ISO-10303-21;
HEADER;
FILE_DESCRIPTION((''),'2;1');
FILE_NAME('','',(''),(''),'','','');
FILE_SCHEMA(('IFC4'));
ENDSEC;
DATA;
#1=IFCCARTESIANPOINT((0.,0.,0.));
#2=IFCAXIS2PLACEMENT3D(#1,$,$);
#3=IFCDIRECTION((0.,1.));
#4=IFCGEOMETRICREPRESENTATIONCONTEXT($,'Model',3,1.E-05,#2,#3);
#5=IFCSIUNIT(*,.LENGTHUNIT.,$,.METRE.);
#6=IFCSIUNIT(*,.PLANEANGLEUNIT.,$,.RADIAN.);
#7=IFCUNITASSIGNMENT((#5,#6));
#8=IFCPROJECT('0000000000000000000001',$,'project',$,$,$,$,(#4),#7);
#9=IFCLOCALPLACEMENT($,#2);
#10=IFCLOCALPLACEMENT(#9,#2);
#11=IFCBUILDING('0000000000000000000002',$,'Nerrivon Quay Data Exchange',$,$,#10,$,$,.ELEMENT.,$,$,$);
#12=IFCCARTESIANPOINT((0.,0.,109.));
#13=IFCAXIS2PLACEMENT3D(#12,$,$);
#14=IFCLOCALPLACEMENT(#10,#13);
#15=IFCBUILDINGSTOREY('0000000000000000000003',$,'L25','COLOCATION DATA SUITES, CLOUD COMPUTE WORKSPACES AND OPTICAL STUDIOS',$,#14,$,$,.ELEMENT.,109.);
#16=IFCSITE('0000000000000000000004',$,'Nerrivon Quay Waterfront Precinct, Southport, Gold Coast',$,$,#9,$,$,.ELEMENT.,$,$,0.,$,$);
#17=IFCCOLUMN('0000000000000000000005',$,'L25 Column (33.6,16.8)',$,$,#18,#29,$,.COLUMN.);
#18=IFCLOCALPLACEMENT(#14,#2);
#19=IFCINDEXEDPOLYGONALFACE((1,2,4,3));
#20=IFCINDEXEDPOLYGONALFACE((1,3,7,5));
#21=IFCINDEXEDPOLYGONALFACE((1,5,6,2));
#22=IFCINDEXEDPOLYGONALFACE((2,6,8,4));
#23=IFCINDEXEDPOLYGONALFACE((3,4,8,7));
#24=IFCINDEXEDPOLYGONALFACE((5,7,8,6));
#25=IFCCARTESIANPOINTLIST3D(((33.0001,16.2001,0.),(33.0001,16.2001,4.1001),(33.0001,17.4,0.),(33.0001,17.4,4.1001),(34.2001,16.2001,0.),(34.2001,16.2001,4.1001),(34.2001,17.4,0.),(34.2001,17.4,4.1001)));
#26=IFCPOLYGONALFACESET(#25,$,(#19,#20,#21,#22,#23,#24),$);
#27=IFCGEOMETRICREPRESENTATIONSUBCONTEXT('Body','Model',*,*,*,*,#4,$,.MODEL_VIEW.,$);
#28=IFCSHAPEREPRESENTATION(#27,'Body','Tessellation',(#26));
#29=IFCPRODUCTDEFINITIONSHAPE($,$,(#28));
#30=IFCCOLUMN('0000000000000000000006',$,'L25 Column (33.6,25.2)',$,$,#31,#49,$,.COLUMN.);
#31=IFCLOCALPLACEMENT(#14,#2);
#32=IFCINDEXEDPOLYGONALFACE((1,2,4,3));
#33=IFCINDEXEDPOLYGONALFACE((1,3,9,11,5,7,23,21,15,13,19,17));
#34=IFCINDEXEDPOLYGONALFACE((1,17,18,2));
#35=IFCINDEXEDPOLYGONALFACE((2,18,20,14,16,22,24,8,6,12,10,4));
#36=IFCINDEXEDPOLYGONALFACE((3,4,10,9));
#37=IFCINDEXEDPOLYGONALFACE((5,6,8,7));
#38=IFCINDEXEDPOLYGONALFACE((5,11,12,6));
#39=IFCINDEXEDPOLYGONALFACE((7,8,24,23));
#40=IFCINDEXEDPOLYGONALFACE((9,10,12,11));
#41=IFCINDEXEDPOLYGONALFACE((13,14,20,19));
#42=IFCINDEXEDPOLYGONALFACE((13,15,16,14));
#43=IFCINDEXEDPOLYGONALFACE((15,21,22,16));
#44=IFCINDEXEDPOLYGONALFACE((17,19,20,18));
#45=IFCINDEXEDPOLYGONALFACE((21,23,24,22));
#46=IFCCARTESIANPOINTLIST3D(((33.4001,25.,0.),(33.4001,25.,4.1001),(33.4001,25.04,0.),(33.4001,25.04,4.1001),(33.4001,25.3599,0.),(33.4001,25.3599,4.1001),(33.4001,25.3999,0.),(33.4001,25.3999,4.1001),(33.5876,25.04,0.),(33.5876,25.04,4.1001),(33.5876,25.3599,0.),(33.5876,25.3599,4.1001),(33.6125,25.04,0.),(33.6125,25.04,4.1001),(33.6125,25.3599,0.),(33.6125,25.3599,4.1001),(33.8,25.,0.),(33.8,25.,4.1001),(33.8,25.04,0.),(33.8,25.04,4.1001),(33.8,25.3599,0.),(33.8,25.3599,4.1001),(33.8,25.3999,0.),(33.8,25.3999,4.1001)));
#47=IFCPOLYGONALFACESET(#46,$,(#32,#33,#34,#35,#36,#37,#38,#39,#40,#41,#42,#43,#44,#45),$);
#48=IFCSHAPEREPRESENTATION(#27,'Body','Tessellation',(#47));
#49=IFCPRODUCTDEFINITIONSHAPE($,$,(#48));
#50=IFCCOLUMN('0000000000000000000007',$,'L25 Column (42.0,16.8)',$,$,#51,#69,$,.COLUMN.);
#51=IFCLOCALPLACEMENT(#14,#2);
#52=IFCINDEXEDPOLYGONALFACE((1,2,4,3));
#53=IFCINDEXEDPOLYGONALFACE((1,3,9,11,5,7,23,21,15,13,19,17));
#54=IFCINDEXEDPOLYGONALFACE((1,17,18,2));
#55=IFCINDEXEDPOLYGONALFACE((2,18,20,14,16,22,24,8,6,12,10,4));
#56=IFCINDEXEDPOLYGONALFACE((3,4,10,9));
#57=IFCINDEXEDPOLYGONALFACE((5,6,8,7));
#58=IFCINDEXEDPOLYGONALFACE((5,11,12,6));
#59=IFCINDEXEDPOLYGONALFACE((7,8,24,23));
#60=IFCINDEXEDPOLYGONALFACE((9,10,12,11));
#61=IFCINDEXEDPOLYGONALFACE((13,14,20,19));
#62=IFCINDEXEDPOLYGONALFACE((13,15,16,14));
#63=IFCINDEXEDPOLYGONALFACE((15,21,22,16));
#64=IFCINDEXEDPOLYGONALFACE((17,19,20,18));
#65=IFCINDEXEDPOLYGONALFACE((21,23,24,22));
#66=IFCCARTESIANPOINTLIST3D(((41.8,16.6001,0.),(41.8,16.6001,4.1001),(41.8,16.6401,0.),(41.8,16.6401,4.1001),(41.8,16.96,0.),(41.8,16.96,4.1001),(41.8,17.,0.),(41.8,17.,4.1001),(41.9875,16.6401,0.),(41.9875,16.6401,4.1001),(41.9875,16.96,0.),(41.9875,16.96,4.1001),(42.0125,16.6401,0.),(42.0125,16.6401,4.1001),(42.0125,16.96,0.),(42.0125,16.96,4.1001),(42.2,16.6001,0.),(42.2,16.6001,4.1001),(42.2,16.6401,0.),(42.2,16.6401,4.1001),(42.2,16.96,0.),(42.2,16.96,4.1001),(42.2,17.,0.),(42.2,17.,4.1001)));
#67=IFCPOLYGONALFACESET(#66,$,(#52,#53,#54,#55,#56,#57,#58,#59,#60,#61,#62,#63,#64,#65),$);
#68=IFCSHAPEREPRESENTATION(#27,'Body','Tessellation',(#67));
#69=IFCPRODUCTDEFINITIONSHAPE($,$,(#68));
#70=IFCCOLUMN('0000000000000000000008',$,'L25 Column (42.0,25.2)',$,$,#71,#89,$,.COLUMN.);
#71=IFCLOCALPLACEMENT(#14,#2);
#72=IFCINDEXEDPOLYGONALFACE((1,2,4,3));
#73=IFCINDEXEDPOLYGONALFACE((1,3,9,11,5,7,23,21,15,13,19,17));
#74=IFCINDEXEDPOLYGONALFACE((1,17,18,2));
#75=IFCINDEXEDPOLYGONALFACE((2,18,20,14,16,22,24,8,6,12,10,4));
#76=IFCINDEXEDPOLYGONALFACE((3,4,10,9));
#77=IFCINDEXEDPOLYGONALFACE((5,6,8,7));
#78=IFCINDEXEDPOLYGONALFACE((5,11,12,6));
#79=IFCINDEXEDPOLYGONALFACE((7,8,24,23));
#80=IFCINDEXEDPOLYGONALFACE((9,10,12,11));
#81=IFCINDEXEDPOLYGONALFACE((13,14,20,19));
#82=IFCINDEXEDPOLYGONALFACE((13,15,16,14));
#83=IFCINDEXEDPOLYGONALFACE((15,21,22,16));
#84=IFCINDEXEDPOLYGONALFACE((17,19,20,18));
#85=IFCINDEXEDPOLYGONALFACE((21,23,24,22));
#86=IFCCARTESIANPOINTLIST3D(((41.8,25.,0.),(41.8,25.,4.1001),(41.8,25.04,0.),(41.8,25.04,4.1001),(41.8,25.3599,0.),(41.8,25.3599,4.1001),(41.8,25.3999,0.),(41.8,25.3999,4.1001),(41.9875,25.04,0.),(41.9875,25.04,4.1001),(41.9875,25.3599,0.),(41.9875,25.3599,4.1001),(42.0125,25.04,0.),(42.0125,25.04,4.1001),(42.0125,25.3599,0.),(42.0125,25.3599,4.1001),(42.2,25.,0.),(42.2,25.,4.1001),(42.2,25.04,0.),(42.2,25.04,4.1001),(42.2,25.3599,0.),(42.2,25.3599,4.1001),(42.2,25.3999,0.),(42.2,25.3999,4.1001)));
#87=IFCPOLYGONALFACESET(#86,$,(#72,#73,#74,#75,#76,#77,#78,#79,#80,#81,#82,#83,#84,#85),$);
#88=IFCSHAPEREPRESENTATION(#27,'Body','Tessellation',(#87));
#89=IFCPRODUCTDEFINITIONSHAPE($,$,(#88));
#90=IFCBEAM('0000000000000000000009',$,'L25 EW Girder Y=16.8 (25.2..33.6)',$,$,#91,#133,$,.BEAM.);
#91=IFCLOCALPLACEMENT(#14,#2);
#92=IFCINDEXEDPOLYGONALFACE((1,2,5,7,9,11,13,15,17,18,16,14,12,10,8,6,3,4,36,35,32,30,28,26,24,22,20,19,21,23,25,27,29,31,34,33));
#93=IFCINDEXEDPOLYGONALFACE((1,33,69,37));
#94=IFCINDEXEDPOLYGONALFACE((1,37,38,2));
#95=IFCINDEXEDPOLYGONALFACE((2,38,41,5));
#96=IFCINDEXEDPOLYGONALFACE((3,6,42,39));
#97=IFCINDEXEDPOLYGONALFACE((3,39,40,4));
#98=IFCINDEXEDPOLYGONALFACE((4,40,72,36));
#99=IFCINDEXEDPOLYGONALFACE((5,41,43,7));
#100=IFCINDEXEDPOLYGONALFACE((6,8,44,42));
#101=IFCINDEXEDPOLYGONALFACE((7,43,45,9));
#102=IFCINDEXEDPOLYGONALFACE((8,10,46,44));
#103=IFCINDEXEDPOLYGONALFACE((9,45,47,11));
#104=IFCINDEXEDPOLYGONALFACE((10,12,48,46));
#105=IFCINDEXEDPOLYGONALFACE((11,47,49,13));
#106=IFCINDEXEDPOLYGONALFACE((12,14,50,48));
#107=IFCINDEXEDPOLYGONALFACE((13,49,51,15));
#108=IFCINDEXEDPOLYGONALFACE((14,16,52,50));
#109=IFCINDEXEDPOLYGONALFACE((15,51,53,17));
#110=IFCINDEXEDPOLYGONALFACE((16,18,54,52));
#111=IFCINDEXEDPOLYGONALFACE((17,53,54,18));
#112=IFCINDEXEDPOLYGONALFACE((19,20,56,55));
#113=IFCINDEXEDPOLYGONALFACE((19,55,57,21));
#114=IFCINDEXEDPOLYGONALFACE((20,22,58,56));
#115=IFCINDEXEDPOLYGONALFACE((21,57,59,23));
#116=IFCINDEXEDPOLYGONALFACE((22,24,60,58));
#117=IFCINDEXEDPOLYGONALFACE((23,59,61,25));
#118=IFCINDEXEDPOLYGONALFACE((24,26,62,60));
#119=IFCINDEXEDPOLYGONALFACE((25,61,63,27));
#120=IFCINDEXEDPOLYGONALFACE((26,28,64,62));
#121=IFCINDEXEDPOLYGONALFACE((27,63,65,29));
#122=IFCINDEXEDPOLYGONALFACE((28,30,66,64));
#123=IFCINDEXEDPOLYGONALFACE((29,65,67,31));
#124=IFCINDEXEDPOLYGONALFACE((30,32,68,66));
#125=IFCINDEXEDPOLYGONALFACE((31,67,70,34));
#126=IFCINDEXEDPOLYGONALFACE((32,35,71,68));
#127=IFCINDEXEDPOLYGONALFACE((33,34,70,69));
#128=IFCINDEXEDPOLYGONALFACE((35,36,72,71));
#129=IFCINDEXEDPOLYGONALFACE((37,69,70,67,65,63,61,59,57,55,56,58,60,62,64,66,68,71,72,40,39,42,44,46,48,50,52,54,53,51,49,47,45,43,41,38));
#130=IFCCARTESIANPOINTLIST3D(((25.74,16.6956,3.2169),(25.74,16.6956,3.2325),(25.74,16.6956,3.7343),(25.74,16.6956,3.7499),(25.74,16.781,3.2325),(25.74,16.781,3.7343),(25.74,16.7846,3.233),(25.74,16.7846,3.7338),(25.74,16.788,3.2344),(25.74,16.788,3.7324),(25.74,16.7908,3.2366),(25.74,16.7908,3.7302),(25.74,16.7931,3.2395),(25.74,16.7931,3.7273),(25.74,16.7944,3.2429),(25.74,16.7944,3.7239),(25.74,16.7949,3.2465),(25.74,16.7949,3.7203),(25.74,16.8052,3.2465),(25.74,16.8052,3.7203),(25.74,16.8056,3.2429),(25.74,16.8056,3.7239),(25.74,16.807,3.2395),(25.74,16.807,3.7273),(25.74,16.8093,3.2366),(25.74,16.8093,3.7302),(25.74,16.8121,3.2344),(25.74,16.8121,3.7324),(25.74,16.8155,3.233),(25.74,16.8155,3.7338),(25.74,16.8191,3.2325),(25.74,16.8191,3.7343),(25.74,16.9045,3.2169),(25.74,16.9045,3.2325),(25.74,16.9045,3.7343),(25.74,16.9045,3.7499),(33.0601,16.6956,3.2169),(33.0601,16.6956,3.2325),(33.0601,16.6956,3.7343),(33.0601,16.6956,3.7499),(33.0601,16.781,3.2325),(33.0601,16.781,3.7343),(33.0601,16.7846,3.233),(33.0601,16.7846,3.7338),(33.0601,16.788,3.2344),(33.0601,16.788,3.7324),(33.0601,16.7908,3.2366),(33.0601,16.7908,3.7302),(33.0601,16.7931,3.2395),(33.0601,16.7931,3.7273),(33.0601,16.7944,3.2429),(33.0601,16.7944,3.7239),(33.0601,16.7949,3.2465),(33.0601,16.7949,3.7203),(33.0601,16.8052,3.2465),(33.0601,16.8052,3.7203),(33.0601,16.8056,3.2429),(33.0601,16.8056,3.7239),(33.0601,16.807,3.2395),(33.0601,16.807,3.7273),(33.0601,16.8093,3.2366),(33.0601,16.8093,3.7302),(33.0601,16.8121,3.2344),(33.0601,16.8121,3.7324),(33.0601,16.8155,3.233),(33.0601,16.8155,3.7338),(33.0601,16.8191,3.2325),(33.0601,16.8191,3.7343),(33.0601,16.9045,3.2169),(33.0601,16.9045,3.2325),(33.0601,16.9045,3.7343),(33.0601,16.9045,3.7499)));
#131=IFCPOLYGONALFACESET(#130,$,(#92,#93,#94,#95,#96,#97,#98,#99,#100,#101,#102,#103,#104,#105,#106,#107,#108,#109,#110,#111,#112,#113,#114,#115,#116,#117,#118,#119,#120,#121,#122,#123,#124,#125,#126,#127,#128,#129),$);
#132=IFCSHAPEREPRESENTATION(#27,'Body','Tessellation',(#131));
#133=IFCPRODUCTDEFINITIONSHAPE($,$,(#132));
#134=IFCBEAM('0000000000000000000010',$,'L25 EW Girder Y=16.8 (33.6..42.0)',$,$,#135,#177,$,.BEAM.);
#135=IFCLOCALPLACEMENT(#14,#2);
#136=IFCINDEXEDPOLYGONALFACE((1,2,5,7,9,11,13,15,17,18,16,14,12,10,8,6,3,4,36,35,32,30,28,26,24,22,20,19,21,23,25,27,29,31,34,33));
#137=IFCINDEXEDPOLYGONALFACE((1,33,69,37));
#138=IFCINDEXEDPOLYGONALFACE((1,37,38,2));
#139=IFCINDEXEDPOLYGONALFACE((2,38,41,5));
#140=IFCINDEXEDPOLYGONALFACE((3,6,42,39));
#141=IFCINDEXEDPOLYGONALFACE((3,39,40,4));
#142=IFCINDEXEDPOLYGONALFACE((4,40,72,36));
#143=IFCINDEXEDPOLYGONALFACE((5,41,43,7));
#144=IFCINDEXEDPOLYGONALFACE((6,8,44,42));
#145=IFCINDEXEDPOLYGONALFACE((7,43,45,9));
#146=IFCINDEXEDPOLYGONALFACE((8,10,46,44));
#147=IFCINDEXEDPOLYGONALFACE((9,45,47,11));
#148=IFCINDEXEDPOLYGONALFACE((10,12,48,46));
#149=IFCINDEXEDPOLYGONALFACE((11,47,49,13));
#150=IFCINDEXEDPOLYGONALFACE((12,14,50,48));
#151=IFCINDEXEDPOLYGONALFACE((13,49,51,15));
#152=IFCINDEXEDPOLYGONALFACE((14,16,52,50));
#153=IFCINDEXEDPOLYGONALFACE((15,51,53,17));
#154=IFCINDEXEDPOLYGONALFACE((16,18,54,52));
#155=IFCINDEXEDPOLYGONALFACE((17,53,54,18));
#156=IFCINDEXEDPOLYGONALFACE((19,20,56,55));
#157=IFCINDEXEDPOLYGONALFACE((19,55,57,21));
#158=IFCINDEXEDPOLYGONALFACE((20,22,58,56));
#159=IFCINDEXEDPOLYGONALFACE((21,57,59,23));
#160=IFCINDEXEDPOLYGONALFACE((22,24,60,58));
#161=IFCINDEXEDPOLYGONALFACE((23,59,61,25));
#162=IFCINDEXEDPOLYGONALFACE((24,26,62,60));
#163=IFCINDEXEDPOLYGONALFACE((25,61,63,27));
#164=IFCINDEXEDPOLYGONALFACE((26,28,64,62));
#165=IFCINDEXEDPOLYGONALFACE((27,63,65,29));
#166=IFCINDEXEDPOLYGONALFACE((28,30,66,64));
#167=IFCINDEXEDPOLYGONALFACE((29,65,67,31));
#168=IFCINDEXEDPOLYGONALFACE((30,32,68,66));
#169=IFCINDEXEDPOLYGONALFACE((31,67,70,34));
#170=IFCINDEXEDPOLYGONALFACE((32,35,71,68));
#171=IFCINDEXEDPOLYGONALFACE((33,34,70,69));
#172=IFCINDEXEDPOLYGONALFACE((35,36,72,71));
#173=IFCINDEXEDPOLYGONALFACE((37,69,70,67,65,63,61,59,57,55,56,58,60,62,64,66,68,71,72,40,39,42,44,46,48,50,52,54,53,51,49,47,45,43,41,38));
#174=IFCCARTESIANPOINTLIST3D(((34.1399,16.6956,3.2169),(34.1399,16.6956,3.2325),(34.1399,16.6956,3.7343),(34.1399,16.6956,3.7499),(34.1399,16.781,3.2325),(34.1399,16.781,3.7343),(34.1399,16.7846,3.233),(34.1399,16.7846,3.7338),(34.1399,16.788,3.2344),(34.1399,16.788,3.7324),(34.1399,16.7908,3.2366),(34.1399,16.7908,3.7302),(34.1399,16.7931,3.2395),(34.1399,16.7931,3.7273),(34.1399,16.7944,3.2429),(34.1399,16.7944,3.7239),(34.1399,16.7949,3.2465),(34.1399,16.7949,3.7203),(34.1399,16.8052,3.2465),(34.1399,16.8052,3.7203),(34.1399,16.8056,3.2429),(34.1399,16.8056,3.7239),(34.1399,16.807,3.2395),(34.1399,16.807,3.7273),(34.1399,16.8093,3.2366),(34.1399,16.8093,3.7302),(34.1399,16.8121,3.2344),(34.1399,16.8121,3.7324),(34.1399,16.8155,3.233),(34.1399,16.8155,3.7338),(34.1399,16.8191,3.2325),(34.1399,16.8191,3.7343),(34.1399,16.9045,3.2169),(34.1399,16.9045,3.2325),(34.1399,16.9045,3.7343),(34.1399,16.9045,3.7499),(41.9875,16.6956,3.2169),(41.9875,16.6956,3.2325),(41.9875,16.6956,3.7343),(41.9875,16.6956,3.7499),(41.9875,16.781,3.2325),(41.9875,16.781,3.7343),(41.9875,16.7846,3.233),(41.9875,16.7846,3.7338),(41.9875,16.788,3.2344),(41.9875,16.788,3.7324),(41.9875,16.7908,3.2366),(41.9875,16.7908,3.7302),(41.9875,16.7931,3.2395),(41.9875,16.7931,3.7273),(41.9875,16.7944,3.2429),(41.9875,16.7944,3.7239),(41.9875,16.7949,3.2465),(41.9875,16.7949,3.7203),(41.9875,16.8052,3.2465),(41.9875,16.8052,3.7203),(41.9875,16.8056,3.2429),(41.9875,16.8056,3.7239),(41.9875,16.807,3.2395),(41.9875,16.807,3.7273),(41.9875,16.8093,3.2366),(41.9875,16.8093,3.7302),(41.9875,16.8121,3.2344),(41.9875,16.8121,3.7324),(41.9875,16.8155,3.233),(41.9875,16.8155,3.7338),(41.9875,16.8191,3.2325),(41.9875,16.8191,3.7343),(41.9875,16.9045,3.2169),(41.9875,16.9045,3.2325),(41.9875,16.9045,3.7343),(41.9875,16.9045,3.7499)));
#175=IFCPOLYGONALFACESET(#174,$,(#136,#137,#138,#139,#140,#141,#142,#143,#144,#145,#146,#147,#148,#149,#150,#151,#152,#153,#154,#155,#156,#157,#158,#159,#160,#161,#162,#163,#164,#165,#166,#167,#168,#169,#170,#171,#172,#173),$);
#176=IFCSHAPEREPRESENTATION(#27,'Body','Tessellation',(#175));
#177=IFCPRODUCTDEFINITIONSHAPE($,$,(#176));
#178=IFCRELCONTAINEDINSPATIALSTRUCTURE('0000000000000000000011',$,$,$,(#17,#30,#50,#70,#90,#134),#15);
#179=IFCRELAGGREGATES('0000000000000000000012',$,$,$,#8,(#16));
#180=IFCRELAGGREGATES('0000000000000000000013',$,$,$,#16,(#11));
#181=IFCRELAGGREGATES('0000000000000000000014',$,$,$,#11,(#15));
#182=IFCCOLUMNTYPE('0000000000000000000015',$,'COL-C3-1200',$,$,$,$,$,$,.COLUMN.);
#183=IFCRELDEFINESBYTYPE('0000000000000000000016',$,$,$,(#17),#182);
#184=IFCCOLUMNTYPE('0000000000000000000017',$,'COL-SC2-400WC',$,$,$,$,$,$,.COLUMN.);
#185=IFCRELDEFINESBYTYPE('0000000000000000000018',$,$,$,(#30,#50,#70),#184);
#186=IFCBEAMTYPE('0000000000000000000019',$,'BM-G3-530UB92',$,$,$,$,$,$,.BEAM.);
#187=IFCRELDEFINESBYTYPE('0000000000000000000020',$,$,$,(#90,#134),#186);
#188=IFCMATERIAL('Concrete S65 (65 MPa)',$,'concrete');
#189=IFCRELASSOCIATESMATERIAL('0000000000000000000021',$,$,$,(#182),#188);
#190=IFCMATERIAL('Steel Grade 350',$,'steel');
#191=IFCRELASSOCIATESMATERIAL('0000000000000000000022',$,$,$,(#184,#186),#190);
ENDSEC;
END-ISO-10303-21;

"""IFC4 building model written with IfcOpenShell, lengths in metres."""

from ifc_helpers import new_model, si_unit, direction, frame, origin, origin_2d, place, context, subcontext, project, spatial, rectangle, i_section, extrude, material, material_profile, profile_set, type_object, element, save


model = new_model("IFC4")

# Units and contexts
model_context = context("Model", 3, precision=1e-05, world=origin(), true_north=direction((0.0, 1.0)))
body_context = subcontext(model_context, "Body", "Model", "MODEL_VIEW")
ifc_project = project(units=[si_unit("LENGTHUNIT", "METRE"), si_unit("PLANEANGLEUNIT", "RADIAN")], contexts=[model_context])

# Site, building, storey
site_placement = place(None, origin())
site = spatial("IfcSite", under=ifc_project, at=site_placement, Name="Nerrivon Quay Waterfront Precinct, Southport, Gold Coast", CompositionType="ELEMENT", RefElevation=0.0)
building_placement = place(site_placement, origin())
building = spatial("IfcBuilding", under=site, at=building_placement, Name="Nerrivon Quay Data Exchange", CompositionType="ELEMENT")
storey_placement = place(building_placement, frame((0.0, 0.0, 109.0)))
storey = spatial("IfcBuildingStorey", under=building, at=storey_placement, Name="L25", Description="COLOCATION DATA SUITES, CLOUD COMPUTE WORKSPACES AND OPTICAL STUDIOS", CompositionType="ELEMENT", Elevation=109.0)

# Columns
ifc_material_1 = material(Name="Concrete S65 (65 MPa)", Category="concrete")
ifc_material_profile_1 = material_profile(ifc_material_1, rectangle(XDim=1.2, YDim=1.2, at=origin_2d()), Name="RC-COL-1200x1200")
ifc_profile_set_1 = profile_set([ifc_material_profile_1], Name="Concrete S65 (65 MPa)")
column_type_1 = type_object("IfcColumnType", Name="COL-C3-1200", PredefinedType="COLUMN", material=ifc_profile_set_1)
column_placement = place(storey_placement, frame((33.6001, 16.8, 0.0), z_axis=(0.0, 0.0, 1.0), x_axis=(1.0, 0.0, 0.0)))
element("IfcColumn", 1, at=column_placement, inside=storey, type_object=column_type_1, Name="L25 Column (33.6,16.8)", PredefinedType="COLUMN", context=body_context, shape_type="SweptSolid", body=[
    extrude(rectangle(XDim=1.2, YDim=1.2, at=origin_2d()), origin(), (0.0, 0.0, 1.0), 4.1001),
])
ifc_material_2 = material(Name="Steel Grade 350", Category="steel")
ifc_material_profile_2 = material_profile(ifc_material_2, i_section(OverallWidth=0.3999, OverallDepth=0.3999, WebThickness=0.0249, FlangeThickness=0.04, at=origin_2d()), Name="400WC328")
ifc_profile_set_2 = profile_set([ifc_material_profile_2], Name="Steel Grade 350")
column_type_2 = type_object("IfcColumnType", Name="COL-SC2-400WC", PredefinedType="COLUMN", material=ifc_profile_set_2)
for number, where, z_axis, x_axis, name in (
    (2, (33.6001, 25.2, 0.0), (0.0, 0.0, 1.0), (1.0, 0.0, 0.0), "L25 Column (33.6,25.2)"),
    (3, (42.0, 16.8, 0.0), (0.0, 0.0, 1.0), (1.0, 0.0, 0.0), "L25 Column (42.0,16.8)"),
    (4, (42.0, 25.2, 0.0), (0.0, 0.0, 1.0), (1.0, 0.0, 0.0), "L25 Column (42.0,25.2)"),
):
    element("IfcColumn", number, at=place(storey_placement, frame(where, z_axis=z_axis, x_axis=x_axis)), inside=storey, type_object=column_type_2, Name=name, PredefinedType="COLUMN", context=body_context, shape_type="SweptSolid", body=[
        extrude(i_section(OverallWidth=0.3999, OverallDepth=0.3999, WebThickness=0.0249, FlangeThickness=0.04, at=origin_2d()), origin(), (0.0, 0.0, 1.0), 4.1001),
    ])

# Beams
ifc_material_profile_3 = material_profile(ifc_material_2, i_section(OverallWidth=0.209, OverallDepth=0.533, WebThickness=0.0103, FlangeThickness=0.0156, FilletRadius=0.0139, at=origin_2d()), Name="530UB92.4")
ifc_profile_set_3 = profile_set([ifc_material_profile_3], Name="Steel Grade 350")
beam_type_1 = type_object("IfcBeamType", Name="BM-G3-530UB92", PredefinedType="BEAM", material=ifc_profile_set_3)
beam_1_placement = place(storey_placement, frame((25.74, 16.8, 3.4834), z_axis=(1.0, 0.0, 0.0), x_axis=(0.0, 1.0, 0.0)))
element("IfcBeam", 5, at=beam_1_placement, inside=storey, type_object=beam_type_1, Name="L25 EW Girder Y=16.8 (25.2..33.6)", PredefinedType="BEAM", context=body_context, shape_type="SweptSolid", body=[
    extrude(i_section(OverallWidth=0.209, OverallDepth=0.533, WebThickness=0.0103, FlangeThickness=0.0156, FilletRadius=0.0139, at=origin_2d()), origin(), (0.0, 0.0, 1.0), 7.3201),
])
beam_2_placement = place(storey_placement, frame((34.1399, 16.8, 3.4834), z_axis=(1.0, 0.0, 0.0), x_axis=(0.0, 1.0, 0.0)))
element("IfcBeam", 6, at=beam_2_placement, inside=storey, type_object=beam_type_1, Name="L25 EW Girder Y=16.8 (33.6..42.0)", PredefinedType="BEAM", context=body_context, shape_type="SweptSolid", body=[
    extrude(i_section(OverallWidth=0.209, OverallDepth=0.533, WebThickness=0.0103, FlangeThickness=0.0156, FilletRadius=0.0139, at=origin_2d()), origin(), (0.0, 0.0, 1.0), 7.8477),
])

save(model, "model.ifc")
